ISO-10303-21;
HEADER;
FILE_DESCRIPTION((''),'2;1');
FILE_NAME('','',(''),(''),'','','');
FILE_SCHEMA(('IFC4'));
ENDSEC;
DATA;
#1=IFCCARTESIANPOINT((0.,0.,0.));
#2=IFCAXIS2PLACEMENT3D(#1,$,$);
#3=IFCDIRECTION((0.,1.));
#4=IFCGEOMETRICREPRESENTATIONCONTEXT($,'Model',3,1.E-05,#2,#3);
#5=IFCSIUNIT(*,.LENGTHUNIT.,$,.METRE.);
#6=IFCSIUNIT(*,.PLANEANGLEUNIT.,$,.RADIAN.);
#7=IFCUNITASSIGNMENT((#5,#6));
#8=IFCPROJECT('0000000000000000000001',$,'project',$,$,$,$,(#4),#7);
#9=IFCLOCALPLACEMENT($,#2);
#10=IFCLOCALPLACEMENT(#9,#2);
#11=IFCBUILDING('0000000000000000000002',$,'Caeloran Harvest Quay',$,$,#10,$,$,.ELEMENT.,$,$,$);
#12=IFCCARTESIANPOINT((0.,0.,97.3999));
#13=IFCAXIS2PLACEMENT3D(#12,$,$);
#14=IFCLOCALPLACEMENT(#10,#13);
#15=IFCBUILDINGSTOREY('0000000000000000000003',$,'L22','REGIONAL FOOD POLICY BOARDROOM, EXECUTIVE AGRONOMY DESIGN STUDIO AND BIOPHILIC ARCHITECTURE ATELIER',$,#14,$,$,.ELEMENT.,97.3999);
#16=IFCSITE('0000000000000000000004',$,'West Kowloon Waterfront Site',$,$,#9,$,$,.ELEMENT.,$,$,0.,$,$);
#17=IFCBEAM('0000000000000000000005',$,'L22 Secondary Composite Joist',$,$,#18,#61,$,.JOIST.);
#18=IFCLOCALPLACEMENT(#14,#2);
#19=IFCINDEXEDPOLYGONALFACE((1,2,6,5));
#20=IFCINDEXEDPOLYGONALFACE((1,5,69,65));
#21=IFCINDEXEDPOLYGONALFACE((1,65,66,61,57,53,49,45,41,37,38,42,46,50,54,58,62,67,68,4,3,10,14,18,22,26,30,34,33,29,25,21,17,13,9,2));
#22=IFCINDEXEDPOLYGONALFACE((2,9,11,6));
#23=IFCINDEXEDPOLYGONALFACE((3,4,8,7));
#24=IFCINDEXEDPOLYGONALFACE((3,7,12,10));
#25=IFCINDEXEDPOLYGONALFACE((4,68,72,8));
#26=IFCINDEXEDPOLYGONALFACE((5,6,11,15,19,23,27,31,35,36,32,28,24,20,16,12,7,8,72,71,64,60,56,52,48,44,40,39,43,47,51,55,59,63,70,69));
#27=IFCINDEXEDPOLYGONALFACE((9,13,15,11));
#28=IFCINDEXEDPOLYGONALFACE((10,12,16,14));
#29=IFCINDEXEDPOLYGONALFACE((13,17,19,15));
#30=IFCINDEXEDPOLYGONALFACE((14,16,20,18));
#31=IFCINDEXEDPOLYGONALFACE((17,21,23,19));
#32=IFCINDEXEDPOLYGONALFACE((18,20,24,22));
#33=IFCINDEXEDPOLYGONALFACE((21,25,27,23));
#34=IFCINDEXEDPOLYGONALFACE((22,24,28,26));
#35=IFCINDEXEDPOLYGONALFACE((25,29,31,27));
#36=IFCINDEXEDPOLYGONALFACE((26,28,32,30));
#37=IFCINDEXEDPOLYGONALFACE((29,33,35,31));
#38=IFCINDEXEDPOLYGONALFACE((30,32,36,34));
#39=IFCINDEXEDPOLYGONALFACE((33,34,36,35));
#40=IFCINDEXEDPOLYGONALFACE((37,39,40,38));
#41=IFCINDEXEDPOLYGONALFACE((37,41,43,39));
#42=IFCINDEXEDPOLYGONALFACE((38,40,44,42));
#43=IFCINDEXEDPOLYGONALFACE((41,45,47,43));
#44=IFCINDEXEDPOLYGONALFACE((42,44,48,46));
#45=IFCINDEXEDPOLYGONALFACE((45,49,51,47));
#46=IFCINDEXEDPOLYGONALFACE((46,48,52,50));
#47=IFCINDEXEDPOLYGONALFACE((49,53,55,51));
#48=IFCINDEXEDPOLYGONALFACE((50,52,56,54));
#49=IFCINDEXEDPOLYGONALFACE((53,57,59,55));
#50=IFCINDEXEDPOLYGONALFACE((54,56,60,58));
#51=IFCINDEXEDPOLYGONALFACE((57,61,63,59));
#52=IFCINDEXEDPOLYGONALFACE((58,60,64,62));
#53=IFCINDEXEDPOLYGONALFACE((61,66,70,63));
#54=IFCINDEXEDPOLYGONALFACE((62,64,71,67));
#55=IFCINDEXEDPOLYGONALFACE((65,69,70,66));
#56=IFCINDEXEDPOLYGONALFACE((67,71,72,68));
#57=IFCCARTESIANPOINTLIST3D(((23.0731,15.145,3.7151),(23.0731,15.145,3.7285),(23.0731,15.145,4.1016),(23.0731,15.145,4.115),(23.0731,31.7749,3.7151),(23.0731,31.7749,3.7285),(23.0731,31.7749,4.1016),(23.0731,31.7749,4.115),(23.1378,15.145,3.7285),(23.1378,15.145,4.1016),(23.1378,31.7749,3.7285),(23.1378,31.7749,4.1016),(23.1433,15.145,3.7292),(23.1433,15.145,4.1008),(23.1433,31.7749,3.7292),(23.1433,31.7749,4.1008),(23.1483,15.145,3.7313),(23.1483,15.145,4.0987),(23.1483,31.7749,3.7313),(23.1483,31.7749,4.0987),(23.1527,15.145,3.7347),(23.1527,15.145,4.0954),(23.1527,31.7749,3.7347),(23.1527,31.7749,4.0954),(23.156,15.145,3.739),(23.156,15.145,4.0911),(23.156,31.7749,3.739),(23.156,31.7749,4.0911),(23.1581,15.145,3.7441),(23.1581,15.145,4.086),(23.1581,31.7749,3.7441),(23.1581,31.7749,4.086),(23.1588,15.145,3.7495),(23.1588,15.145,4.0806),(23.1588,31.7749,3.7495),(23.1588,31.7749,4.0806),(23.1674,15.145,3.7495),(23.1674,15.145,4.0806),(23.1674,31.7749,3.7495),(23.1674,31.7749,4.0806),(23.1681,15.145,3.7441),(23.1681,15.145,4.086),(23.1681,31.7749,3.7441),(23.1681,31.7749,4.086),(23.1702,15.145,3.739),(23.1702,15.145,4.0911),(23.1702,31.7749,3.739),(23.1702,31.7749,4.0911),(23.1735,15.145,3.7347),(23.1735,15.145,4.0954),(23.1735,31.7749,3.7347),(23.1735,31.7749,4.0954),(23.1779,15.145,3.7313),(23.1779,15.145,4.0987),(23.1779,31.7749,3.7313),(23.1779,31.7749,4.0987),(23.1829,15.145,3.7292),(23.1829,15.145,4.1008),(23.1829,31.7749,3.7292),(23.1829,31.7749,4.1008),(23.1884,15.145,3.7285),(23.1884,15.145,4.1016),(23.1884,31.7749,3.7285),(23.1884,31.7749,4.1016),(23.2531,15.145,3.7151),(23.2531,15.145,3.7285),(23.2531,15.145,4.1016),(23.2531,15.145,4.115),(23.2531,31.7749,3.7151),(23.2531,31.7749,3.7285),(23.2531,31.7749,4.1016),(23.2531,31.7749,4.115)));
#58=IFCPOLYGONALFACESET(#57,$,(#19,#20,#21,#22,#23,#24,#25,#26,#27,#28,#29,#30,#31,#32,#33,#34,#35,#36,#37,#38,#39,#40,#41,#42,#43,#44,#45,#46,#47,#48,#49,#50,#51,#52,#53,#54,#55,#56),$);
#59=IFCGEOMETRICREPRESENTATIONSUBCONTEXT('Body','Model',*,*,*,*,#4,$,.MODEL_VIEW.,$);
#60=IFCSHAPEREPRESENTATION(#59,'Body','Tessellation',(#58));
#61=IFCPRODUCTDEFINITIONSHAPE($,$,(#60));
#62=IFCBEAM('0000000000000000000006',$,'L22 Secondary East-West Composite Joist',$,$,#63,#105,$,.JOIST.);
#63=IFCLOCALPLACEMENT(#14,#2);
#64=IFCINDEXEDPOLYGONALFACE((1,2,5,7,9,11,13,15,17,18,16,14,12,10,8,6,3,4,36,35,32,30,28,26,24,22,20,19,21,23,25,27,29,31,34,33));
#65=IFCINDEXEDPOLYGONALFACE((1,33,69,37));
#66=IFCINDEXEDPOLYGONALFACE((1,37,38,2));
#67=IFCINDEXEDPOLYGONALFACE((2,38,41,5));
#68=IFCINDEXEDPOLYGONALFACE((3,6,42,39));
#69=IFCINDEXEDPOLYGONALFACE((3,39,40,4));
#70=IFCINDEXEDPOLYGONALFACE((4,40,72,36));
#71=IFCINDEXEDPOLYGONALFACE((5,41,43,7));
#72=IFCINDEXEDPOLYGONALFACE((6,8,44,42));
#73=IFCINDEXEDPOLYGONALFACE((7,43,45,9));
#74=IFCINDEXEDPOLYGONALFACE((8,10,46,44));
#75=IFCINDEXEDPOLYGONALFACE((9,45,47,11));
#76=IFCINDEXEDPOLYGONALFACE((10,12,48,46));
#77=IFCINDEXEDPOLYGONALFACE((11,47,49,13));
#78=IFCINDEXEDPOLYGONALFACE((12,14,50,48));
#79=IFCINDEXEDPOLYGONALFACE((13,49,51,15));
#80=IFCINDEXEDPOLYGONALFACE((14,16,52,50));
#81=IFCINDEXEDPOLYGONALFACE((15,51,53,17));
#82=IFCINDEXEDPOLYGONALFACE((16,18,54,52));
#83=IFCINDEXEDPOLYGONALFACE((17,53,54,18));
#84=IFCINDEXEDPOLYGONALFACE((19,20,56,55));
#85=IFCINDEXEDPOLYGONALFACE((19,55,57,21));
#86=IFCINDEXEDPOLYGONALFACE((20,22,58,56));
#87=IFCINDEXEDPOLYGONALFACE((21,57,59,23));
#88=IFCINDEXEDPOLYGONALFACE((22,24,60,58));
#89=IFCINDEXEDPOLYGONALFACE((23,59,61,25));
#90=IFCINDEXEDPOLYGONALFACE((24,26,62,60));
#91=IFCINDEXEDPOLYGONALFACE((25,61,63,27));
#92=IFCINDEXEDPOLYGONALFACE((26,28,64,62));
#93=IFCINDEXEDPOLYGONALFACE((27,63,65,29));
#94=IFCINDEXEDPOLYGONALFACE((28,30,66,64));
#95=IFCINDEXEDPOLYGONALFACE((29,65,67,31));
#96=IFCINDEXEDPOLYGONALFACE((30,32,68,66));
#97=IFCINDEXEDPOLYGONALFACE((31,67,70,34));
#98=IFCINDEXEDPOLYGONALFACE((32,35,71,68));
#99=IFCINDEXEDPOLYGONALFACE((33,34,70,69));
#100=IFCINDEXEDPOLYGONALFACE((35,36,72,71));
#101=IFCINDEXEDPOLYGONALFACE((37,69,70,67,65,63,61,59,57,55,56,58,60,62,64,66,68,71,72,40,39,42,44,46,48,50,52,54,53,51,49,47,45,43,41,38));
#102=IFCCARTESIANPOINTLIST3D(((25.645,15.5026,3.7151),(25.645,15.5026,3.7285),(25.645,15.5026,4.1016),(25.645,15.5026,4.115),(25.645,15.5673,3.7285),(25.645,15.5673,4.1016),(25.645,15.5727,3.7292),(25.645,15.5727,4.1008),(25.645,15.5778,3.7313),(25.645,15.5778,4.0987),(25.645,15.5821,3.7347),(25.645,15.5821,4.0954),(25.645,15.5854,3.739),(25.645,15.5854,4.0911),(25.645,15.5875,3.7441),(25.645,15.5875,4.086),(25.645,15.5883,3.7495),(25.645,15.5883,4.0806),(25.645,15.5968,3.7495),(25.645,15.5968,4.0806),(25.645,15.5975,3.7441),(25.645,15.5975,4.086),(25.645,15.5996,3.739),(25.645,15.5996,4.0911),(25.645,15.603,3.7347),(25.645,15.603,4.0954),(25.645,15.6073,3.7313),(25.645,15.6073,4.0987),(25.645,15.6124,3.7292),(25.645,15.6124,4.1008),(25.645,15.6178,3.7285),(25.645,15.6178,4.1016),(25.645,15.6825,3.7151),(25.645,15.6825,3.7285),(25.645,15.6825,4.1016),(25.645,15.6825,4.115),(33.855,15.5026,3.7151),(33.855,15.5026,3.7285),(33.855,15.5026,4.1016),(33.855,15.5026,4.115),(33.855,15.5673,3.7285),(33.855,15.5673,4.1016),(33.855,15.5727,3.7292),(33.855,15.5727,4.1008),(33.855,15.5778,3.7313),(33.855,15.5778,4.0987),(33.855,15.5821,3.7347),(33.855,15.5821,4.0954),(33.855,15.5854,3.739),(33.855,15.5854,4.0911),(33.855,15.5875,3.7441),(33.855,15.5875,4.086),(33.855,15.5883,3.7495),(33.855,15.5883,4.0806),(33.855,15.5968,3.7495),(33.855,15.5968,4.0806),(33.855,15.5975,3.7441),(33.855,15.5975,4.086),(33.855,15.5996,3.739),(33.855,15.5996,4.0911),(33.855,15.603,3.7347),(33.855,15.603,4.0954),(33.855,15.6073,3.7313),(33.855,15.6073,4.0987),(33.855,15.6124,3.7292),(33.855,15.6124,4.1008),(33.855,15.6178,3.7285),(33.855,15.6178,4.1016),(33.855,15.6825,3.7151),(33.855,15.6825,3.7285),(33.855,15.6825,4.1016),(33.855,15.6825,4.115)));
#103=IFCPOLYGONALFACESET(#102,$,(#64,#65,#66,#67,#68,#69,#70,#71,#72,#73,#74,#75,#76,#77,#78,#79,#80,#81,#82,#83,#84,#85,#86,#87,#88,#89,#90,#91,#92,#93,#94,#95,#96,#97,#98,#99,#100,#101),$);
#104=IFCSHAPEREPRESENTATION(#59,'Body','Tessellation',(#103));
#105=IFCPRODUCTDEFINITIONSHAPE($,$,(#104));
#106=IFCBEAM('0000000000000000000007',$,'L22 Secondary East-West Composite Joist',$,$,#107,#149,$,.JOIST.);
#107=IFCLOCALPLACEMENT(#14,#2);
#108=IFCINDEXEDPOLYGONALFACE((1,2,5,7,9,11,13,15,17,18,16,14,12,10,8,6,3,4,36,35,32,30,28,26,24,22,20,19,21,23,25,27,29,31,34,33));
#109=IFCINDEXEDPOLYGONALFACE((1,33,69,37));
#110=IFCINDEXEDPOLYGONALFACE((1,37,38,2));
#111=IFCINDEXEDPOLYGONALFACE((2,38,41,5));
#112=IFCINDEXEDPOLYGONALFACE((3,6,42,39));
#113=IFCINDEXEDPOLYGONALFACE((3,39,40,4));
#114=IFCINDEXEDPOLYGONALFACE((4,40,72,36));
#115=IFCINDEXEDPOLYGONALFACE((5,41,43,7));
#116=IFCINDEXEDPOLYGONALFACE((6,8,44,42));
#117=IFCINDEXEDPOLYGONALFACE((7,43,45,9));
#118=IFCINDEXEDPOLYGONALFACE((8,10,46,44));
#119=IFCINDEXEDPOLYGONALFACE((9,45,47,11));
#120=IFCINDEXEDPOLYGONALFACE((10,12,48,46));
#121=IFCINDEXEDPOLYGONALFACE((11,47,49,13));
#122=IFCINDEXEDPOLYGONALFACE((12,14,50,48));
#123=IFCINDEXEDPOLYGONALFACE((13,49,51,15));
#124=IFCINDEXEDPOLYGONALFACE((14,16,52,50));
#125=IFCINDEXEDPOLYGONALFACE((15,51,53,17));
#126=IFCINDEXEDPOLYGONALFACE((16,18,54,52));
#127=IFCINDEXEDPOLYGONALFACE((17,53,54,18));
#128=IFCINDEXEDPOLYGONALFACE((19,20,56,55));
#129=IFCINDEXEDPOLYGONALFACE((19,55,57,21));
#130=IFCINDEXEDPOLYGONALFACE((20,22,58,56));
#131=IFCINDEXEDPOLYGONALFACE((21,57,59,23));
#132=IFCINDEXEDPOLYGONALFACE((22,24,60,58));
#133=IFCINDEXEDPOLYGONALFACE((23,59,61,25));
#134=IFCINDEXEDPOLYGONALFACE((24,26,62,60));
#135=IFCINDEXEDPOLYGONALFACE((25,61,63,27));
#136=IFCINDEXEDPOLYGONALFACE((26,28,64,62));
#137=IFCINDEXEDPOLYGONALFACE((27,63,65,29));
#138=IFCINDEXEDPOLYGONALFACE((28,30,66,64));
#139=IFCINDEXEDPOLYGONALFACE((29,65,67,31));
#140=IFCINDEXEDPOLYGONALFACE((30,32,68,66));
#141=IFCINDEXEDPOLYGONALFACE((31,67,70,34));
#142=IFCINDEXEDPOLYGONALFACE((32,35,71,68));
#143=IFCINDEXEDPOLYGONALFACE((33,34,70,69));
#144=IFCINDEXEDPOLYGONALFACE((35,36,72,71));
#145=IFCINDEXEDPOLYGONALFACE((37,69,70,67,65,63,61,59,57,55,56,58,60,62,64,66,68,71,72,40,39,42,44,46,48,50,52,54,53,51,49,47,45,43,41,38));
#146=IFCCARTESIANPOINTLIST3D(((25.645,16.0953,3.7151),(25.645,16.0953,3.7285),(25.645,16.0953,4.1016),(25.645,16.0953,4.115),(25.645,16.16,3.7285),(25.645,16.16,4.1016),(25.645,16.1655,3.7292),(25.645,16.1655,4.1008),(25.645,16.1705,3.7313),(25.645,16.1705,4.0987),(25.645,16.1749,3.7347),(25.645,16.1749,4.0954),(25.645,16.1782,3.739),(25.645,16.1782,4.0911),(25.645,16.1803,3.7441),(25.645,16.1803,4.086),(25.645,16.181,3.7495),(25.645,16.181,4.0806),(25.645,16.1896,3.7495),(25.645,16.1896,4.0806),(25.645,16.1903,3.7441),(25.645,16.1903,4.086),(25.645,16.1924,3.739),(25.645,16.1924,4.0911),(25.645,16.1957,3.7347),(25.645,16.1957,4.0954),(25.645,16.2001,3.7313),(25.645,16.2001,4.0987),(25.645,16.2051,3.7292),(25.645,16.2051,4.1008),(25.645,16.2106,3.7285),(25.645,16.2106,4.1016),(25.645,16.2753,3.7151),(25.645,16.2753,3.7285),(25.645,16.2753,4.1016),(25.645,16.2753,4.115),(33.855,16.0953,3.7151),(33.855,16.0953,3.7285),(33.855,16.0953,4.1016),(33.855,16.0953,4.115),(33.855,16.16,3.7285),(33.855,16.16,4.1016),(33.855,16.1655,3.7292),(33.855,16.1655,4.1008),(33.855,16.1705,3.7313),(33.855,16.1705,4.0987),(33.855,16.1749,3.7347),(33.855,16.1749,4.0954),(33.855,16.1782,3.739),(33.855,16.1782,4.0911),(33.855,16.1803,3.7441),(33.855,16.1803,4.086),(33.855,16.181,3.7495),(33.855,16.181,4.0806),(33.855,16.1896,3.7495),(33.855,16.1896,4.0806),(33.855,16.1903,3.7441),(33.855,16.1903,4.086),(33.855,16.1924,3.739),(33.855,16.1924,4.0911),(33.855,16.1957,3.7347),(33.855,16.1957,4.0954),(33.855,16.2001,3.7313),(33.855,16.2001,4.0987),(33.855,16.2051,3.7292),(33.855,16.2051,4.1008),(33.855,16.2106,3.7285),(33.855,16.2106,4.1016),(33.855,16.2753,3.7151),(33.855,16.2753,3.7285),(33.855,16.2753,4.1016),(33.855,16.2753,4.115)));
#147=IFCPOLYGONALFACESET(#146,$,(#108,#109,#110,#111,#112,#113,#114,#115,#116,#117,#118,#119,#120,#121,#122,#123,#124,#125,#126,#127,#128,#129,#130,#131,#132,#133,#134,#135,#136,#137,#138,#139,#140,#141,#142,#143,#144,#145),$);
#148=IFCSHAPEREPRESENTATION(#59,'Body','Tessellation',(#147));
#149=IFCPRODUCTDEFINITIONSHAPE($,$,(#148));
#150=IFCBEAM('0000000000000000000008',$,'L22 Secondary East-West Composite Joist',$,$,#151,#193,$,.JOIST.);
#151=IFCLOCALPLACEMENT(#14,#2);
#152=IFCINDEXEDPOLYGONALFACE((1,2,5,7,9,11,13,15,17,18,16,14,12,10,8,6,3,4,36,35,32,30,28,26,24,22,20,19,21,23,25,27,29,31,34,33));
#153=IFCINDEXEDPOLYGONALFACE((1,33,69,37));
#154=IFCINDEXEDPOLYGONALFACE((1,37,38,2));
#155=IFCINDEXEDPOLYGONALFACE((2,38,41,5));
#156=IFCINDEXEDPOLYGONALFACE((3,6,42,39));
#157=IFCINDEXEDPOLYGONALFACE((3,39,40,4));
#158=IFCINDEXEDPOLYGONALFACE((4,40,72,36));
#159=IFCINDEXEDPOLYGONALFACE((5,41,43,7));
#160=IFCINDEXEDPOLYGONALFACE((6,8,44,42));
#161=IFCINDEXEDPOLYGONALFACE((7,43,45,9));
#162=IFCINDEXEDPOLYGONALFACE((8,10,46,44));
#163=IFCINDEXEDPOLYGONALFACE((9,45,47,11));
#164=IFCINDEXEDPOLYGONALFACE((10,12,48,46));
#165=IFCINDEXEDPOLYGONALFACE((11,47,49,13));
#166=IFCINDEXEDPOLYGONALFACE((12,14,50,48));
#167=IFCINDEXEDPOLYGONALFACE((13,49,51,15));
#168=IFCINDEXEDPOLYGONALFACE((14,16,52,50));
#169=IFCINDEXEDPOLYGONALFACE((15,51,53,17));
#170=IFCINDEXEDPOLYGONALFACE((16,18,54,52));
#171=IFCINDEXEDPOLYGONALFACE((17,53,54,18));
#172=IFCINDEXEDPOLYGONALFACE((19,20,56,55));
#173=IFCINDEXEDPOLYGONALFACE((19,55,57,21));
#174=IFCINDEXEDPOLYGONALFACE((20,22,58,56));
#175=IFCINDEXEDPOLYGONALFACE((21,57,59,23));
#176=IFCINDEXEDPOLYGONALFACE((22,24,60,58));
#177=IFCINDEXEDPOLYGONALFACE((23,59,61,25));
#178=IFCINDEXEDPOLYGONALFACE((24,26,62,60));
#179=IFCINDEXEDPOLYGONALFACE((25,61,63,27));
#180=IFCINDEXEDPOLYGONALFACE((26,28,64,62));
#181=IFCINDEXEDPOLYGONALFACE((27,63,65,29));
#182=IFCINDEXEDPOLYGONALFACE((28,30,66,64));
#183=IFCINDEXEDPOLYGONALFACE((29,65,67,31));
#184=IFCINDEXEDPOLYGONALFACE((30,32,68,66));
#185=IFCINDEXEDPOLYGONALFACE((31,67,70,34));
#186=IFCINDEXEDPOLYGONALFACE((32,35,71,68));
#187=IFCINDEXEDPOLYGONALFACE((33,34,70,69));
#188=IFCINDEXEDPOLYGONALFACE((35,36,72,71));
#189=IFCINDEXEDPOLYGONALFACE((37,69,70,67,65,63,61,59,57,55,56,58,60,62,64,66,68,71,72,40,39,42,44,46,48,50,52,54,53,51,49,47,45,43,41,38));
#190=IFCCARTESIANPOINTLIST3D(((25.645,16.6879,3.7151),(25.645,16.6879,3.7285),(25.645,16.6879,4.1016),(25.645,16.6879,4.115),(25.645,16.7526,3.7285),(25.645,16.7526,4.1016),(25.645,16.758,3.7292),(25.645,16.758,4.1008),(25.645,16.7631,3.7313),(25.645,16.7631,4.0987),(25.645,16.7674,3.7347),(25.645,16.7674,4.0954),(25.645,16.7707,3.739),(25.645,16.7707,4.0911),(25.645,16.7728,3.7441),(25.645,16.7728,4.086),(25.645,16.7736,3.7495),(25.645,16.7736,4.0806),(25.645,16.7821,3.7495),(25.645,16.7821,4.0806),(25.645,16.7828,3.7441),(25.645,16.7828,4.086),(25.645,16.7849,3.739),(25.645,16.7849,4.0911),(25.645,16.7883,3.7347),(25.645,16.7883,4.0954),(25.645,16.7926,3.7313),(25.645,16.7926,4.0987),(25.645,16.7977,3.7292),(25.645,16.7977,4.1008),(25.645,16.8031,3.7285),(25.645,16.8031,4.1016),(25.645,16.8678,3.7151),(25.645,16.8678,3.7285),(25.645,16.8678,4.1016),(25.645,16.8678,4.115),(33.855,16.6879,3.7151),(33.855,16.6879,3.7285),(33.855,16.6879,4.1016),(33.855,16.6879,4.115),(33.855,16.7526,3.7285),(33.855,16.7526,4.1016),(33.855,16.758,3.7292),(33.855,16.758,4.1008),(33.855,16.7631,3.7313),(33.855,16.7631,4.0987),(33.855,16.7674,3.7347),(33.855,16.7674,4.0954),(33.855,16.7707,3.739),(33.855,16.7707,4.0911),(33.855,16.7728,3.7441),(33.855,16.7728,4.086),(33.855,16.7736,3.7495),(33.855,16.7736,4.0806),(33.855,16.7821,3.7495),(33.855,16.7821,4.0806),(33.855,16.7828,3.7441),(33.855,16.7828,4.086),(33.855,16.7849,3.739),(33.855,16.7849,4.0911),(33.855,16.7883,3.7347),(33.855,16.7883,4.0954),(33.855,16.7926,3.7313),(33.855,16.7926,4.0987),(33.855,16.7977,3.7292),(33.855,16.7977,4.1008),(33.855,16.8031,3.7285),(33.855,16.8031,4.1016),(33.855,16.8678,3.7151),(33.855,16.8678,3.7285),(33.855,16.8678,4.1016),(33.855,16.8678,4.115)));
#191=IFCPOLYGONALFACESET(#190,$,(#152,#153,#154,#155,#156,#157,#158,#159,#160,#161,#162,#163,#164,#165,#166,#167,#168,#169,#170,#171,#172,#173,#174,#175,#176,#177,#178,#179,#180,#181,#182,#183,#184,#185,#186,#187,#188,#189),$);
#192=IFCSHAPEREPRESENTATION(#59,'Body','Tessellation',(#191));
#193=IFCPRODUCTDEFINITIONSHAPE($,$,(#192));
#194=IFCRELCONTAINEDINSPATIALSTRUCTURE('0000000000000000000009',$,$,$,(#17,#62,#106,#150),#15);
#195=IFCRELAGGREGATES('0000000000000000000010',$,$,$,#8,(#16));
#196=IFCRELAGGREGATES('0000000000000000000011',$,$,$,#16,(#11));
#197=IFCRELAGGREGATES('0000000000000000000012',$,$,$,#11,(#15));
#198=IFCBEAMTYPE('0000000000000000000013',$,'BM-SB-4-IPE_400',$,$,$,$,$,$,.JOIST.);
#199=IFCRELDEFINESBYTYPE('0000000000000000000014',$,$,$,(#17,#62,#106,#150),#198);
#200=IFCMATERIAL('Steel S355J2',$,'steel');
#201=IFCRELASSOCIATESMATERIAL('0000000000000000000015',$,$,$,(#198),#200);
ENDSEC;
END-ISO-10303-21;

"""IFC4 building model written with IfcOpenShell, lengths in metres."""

from ifc_helpers import new_model, si_unit, direction, frame, origin, origin_2d, place, context, subcontext, project, spatial, i_section, extrude, material, material_profile, profile_set, type_object, element, save


model = new_model("IFC4")

# Units and contexts
model_context = context("Model", 3, precision=1e-05, world=origin(), true_north=direction((0.0, 1.0)))
body_context = subcontext(model_context, "Body", "Model", "MODEL_VIEW")
ifc_project = project(units=[si_unit("LENGTHUNIT", "METRE"), si_unit("PLANEANGLEUNIT", "RADIAN")], contexts=[model_context])

# Site, building, storey
site_placement = place(None, origin())
site = spatial("IfcSite", under=ifc_project, at=site_placement, Name="West Kowloon Waterfront Site", CompositionType="ELEMENT", RefElevation=0.0)
building_placement = place(site_placement, origin())
building = spatial("IfcBuilding", under=site, at=building_placement, Name="Caeloran Harvest Quay", CompositionType="ELEMENT")
storey_placement = place(building_placement, frame((0.0, 0.0, 97.3999)))
storey = spatial("IfcBuildingStorey", under=building, at=storey_placement, Name="L22", Description="REGIONAL FOOD POLICY BOARDROOM, EXECUTIVE AGRONOMY DESIGN STUDIO AND BIOPHILIC ARCHITECTURE ATELIER", CompositionType="ELEMENT", Elevation=97.3999)

# Beams
ifc_material_1 = material(Name="Steel S355J2", Category="steel")
ifc_material_profile_1 = material_profile(ifc_material_1, i_section(OverallWidth=0.1799, OverallDepth=0.3999, WebThickness=0.0085, FlangeThickness=0.0134, FilletRadius=0.021, at=origin_2d()), Name="IPE 400")
ifc_profile_set_1 = profile_set([ifc_material_profile_1], Name="Steel S355J2")
beam_type_1 = type_object("IfcBeamType", Name="BM-SB-4-IPE_400", PredefinedType="JOIST", material=ifc_profile_set_1)
beam_1_placement = place(storey_placement, frame((23.1631, 15.145, 3.915), z_axis=(0.0, 1.0, 0.0), x_axis=(-1.0, 0.0, 0.0)))
element("IfcBeam", 1, at=beam_1_placement, inside=storey, type_object=beam_type_1, Name="L22 Secondary Composite Joist", PredefinedType="JOIST", context=body_context, shape_type="SweptSolid", body=[
    extrude(i_section(OverallWidth=0.1799, OverallDepth=0.3999, WebThickness=0.0085, FlangeThickness=0.0134, FilletRadius=0.021, at=origin_2d()), origin(), (0.0, 0.0, 1.0), 16.6299),
])
for number, where, z_axis, x_axis, name in (
    (2, (25.645, 15.5925, 3.915), (1.0, 0.0, 0.0), (0.0, 1.0, 0.0), "L22 Secondary East-West Composite Joist"),
    (3, (25.645, 16.1853, 3.915), (1.0, 0.0, 0.0), (0.0, 1.0, 0.0), "L22 Secondary East-West Composite Joist"),
    (4, (25.645, 16.7778, 3.915), (1.0, 0.0, 0.0), (0.0, 1.0, 0.0), "L22 Secondary East-West Composite Joist"),
):
    element("IfcBeam", number, at=place(storey_placement, frame(where, z_axis=z_axis, x_axis=x_axis)), inside=storey, type_object=beam_type_1, Name=name, PredefinedType="JOIST", context=body_context, shape_type="SweptSolid", body=[
        extrude(i_section(OverallWidth=0.1799, OverallDepth=0.3999, WebThickness=0.0085, FlangeThickness=0.0134, FilletRadius=0.021, at=origin_2d()), origin(), (0.0, 0.0, 1.0), 8.21),
    ])

save(model, "model.ifc")
